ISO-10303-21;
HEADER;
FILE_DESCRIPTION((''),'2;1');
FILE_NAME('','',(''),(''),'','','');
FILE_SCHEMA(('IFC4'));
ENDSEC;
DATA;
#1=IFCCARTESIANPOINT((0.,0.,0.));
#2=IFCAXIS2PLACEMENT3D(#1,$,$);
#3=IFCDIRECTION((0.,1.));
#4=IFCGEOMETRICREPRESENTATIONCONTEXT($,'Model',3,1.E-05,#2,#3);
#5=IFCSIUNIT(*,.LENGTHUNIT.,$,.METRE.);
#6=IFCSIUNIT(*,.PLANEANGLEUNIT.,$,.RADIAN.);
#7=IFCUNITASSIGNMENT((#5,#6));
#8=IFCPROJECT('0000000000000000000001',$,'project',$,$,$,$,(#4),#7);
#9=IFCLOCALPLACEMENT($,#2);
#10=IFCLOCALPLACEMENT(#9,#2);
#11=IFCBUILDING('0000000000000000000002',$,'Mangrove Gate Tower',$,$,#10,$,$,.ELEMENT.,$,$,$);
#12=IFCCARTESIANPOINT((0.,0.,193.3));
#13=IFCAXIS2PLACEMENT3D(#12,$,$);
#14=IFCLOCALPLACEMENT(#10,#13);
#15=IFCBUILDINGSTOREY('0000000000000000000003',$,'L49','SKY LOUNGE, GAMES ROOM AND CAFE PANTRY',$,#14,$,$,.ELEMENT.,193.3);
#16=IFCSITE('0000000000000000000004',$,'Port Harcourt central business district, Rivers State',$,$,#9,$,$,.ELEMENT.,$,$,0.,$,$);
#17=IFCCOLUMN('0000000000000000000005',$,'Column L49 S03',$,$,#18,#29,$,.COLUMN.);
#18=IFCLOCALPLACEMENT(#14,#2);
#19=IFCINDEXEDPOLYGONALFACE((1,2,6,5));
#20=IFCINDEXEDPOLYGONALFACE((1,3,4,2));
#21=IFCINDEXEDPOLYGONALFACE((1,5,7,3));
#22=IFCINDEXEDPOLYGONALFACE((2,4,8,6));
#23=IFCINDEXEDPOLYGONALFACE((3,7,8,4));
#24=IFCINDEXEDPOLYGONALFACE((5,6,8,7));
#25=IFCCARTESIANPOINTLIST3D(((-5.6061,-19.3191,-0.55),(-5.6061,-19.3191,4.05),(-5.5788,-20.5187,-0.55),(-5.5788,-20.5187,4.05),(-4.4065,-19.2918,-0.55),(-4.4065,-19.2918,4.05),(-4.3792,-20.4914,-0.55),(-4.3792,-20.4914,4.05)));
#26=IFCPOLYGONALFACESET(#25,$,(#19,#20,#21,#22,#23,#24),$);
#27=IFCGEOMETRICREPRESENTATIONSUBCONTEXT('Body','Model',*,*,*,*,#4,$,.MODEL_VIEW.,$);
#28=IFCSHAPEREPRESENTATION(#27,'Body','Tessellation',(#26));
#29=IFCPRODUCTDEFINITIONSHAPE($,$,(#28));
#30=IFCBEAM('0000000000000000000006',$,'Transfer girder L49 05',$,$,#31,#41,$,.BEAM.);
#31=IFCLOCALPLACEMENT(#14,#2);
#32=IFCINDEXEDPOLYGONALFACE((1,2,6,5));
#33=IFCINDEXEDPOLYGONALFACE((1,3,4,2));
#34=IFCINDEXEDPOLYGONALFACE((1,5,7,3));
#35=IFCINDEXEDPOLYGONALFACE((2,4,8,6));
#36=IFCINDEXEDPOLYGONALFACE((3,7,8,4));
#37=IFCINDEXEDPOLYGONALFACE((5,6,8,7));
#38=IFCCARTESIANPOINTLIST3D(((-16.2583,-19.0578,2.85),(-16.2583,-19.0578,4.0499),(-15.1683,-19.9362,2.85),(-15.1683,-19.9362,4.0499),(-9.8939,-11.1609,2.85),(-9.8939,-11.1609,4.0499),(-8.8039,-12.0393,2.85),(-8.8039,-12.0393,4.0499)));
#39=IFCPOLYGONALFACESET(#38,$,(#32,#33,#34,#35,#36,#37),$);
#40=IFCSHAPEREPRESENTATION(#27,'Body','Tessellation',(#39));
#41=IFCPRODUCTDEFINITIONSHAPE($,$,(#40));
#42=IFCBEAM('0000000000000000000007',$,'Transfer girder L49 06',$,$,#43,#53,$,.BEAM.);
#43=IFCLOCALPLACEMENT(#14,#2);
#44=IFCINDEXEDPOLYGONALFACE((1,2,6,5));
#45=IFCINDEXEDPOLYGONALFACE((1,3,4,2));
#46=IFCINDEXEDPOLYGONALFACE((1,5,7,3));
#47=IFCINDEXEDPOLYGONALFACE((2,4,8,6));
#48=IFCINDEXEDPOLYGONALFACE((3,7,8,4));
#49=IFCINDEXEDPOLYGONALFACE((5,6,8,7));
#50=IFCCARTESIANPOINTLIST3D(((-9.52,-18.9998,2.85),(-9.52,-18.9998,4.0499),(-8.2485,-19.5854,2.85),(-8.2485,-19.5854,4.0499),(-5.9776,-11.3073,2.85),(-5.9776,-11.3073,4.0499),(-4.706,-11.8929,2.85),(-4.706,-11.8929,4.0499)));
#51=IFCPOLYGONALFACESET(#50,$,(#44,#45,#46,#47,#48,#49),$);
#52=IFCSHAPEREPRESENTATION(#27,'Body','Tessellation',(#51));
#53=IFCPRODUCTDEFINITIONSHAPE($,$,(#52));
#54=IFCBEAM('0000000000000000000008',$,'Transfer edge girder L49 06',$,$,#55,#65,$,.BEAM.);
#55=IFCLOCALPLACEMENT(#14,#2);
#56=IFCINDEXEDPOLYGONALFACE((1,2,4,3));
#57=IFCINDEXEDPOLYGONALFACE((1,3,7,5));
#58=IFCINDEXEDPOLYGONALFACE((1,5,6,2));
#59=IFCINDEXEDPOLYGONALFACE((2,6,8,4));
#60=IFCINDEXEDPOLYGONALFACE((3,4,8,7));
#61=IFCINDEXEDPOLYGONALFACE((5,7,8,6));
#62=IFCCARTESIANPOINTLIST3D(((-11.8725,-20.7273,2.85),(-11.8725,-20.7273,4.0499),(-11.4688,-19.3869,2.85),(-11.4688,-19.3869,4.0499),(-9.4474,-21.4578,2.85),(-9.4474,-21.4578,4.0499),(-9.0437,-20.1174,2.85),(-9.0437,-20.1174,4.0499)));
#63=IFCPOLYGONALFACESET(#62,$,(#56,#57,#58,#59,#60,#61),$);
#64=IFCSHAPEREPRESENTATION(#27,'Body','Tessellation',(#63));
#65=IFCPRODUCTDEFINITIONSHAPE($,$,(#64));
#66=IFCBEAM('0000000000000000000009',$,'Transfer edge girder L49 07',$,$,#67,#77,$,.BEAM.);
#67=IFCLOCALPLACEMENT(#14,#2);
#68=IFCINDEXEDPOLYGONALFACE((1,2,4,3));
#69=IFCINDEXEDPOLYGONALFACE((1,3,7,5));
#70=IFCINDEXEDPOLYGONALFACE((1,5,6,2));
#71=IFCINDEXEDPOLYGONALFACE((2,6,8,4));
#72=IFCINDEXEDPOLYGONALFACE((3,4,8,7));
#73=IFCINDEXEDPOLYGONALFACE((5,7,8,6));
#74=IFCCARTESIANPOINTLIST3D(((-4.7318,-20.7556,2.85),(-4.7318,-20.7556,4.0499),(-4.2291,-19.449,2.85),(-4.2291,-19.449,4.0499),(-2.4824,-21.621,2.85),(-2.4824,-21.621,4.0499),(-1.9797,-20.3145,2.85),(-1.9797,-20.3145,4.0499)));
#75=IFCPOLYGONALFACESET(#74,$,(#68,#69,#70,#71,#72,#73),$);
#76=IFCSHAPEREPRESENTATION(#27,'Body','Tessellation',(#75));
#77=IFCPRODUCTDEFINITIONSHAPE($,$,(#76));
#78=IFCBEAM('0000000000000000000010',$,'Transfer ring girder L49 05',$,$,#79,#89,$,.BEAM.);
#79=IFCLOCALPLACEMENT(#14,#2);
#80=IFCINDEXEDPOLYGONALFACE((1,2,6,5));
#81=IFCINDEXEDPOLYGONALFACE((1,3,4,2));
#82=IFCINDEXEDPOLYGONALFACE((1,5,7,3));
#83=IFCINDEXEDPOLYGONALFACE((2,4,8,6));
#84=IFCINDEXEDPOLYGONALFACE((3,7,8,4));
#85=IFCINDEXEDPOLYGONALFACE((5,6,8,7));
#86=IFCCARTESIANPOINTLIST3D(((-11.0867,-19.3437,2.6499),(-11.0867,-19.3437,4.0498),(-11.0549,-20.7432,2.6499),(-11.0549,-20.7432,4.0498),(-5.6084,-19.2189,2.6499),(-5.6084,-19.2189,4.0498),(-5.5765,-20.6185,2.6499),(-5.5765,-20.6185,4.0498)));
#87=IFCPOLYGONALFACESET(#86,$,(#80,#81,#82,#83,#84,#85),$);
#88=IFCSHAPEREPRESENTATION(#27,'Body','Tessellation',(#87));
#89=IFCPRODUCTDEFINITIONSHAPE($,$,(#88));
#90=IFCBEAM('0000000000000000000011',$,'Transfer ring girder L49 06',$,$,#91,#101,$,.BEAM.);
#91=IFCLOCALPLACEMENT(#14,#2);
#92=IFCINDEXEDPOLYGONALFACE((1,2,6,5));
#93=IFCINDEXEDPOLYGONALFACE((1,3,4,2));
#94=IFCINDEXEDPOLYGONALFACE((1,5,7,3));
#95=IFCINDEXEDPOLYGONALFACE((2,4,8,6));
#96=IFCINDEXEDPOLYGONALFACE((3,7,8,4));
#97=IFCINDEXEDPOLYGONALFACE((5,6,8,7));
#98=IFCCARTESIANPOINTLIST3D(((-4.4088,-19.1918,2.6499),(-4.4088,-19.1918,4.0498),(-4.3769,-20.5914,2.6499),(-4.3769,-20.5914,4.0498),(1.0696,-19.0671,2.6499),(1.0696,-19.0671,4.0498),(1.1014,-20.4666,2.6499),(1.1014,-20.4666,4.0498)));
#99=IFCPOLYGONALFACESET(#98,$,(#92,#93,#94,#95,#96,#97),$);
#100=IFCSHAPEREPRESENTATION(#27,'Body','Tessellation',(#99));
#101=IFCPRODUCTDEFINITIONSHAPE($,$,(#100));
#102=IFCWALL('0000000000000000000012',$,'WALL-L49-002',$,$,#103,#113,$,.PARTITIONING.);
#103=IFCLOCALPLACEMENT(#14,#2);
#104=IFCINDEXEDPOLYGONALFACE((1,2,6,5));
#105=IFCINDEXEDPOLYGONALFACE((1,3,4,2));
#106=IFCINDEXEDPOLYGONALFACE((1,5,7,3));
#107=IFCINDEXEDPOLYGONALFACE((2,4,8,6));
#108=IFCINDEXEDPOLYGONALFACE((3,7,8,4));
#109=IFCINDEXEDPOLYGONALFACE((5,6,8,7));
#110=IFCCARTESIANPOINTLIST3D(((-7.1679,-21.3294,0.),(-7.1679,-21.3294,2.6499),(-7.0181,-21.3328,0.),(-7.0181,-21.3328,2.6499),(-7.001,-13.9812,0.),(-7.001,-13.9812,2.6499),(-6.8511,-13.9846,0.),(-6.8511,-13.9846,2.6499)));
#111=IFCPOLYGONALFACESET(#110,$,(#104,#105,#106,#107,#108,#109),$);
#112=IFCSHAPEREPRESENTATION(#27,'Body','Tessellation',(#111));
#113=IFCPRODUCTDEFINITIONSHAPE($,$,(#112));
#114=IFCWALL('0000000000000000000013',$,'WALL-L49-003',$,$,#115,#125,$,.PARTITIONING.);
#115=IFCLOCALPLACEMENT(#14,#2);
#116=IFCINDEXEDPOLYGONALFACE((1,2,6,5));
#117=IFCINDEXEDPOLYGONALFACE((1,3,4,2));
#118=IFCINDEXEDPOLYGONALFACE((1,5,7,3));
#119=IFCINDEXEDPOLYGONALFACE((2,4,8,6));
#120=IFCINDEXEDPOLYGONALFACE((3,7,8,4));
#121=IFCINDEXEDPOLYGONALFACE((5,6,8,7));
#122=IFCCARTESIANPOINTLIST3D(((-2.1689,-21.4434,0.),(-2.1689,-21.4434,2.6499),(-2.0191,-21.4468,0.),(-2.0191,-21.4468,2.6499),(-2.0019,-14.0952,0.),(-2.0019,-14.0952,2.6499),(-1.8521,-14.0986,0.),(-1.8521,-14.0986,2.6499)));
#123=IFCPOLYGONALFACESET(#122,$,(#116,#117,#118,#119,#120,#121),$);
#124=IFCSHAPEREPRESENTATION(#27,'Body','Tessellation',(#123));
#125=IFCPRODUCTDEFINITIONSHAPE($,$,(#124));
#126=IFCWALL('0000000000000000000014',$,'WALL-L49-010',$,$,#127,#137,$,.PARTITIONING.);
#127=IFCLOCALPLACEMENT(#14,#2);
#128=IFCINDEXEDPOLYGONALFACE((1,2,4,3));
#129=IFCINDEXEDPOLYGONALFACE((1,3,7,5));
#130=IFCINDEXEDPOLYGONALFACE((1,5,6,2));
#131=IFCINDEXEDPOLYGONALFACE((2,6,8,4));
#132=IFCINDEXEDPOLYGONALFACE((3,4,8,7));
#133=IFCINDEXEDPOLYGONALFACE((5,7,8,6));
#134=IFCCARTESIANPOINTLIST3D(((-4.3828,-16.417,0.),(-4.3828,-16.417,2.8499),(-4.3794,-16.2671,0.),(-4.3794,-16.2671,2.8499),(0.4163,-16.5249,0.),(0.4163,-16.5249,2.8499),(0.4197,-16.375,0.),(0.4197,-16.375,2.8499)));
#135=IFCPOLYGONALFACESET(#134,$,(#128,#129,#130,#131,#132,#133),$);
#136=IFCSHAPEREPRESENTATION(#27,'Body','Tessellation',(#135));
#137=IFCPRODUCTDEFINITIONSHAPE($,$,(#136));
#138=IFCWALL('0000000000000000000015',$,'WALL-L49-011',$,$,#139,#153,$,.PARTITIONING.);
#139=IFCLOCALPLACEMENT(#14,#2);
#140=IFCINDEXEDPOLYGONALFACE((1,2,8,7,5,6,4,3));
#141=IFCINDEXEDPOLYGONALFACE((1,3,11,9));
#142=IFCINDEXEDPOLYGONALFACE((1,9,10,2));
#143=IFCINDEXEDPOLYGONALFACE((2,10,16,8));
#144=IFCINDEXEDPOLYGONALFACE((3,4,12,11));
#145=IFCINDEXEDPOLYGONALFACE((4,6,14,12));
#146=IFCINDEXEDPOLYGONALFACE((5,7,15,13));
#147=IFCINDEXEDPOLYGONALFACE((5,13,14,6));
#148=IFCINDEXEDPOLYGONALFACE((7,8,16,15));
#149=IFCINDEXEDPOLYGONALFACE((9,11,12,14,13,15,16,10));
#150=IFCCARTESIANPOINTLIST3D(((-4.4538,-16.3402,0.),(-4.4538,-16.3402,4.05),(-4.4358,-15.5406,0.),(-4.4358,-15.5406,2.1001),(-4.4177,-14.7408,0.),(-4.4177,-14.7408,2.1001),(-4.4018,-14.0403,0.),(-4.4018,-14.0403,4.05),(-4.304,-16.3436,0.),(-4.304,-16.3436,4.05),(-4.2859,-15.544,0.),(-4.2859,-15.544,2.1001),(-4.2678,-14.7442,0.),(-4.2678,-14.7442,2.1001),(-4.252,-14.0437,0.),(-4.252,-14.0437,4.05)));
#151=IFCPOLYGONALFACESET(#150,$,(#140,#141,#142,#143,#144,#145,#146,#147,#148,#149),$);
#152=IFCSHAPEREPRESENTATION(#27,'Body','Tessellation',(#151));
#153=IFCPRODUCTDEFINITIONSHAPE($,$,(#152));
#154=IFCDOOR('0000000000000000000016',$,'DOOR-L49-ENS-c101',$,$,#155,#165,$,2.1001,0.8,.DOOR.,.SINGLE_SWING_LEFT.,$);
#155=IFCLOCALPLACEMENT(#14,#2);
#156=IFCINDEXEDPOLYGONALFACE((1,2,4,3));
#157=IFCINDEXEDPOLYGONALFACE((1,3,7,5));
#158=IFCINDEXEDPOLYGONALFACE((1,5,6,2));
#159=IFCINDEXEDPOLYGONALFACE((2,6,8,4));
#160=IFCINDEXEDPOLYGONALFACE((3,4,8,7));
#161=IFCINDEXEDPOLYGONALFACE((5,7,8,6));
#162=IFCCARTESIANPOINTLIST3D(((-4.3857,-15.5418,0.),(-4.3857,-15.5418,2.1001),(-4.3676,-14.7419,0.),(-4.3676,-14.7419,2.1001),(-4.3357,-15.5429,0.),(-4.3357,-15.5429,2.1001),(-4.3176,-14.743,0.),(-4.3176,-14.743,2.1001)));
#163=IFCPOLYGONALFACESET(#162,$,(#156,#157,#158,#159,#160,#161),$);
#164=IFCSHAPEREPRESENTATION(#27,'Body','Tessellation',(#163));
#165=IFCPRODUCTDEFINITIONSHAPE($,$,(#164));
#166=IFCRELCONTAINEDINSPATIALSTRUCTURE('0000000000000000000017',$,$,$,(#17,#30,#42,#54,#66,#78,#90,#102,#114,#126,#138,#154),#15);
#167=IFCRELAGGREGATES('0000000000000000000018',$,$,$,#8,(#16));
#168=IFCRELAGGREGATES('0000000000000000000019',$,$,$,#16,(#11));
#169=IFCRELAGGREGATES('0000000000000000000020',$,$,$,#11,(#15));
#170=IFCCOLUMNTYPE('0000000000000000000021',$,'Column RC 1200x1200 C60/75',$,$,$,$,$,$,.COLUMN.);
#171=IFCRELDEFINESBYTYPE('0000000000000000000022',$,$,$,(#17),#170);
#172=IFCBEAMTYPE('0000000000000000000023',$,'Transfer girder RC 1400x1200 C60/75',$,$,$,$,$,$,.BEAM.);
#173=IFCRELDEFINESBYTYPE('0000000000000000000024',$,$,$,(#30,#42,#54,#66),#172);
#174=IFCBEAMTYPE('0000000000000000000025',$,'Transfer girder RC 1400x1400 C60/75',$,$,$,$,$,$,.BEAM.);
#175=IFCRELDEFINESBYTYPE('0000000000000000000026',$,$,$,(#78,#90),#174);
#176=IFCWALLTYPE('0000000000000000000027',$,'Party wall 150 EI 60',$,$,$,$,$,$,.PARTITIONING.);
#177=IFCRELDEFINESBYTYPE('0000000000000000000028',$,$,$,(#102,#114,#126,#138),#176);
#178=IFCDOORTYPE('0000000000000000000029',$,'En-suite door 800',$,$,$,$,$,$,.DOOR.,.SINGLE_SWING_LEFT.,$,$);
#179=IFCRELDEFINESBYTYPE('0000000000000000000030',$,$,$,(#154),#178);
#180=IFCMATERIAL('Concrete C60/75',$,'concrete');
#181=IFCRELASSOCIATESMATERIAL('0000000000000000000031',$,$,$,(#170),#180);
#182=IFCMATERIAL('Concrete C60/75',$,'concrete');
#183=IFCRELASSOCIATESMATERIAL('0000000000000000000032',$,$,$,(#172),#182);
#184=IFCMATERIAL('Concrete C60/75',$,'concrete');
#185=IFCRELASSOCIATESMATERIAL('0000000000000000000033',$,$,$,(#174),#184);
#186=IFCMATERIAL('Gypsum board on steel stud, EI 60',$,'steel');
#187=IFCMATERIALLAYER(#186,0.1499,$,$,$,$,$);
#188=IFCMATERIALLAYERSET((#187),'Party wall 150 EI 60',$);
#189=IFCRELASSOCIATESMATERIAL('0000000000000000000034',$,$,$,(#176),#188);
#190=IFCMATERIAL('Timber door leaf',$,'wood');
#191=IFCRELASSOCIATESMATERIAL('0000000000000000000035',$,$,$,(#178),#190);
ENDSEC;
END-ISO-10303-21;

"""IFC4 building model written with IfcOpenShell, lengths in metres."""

from ifc_helpers import new_model, si_unit, direction, frame, frame_2d, origin, origin_2d, place, context, subcontext, project, spatial, rectangle, extrude, material, layer, layer_set, material_profile, profile_set, type_object, element, fill, save


model = new_model("IFC4")

# Units and contexts
model_context = context("Model", 3, precision=1e-05, world=origin(), true_north=direction((0.0, 1.0)))
body_context = subcontext(model_context, "Body", "Model", "MODEL_VIEW")
ifc_project = project(units=[si_unit("LENGTHUNIT", "METRE"), si_unit("PLANEANGLEUNIT", "RADIAN")], contexts=[model_context])

# Site, building, storey
site_placement = place(None, origin())
site = spatial("IfcSite", under=ifc_project, at=site_placement, Name="Port Harcourt central business district, Rivers State", CompositionType="ELEMENT", RefElevation=0.0)
building_placement = place(site_placement, origin())
building = spatial("IfcBuilding", under=site, at=building_placement, Name="Mangrove Gate Tower", CompositionType="ELEMENT")
storey_placement = place(building_placement, frame((0.0, 0.0, 193.3)))
storey = spatial("IfcBuildingStorey", under=building, at=storey_placement, Name="L49", Description="SKY LOUNGE, GAMES ROOM AND CAFE PANTRY", CompositionType="ELEMENT", Elevation=193.3)

# Column
ifc_material_1 = material(Name="Concrete C60/75", Category="concrete")
ifc_material_profile_1 = material_profile(ifc_material_1, rectangle(XDim=1.2, YDim=1.2, at=origin_2d()))
ifc_profile_set_1 = profile_set([ifc_material_profile_1], Name="Concrete C60/75")
column_type = type_object("IfcColumnType", Name="Column RC 1200x1200 C60/75", PredefinedType="COLUMN", material=ifc_profile_set_1)
column_placement = place(storey_placement, frame((-4.9927, -19.9053, -0.55), z_axis=(0.0, 0.0, 1.0), x_axis=(0.999741, 0.022755, 0.0)))
element("IfcColumn", 1, at=column_placement, inside=storey, type_object=column_type, Name="Column L49 S03", PredefinedType="COLUMN", context=body_context, shape_type="SweptSolid", body=[
    extrude(rectangle(XDim=1.2, YDim=1.2, at=origin_2d()), origin(), (0.0, 0.0, 1.0), 4.6001),
])

# Beams
ifc_material_2 = material(Name="Concrete C60/75", Category="concrete")
ifc_material_profile_2 = material_profile(ifc_material_2, rectangle(XDim=1.3999, YDim=1.2, at=origin_2d()))
ifc_profile_set_2 = profile_set([ifc_material_profile_2], Name="Concrete C60/75")
beam_type_1 = type_object("IfcBeamType", Name="Transfer girder RC 1400x1200 C60/75", PredefinedType="BEAM", material=ifc_profile_set_2)
beam_1_placement = place(storey_placement, frame((-9.3489, -11.6001, 3.45), z_axis=(-0.627512, -0.778607, 0.0), x_axis=(0.778607, -0.627512, 0.0)))
element("IfcBeam", 2, at=beam_1_placement, inside=storey, type_object=beam_type_1, Name="Transfer girder L49 05", PredefinedType="BEAM", context=body_context, shape_type="SweptSolid", body=[
    extrude(rectangle(XDim=1.3999, YDim=1.2, at=origin_2d()), origin(), (0.0, 0.0, 1.0), 10.1423),
])
beam_2_placement = place(storey_placement, frame((-5.3418, -11.6001, 3.45), z_axis=(-0.418283, -0.908317, 0.0), x_axis=(0.908317, -0.418283, 0.0)))
element("IfcBeam", 3, at=beam_2_placement, inside=storey, type_object=beam_type_1, Name="Transfer girder L49 06", PredefinedType="BEAM", context=body_context, shape_type="SweptSolid", body=[
    extrude(rectangle(XDim=1.3999, YDim=1.2, at=origin_2d()), origin(), (0.0, 0.0, 1.0), 8.469),
])
beam_3_placement = place(storey_placement, frame((-11.6707, -20.0571, 3.45), z_axis=(0.957505, -0.288418, 0.0), x_axis=(0.288418, 0.957505, 0.0)))
element("IfcBeam", 4, at=beam_3_placement, inside=storey, type_object=beam_type_1, Name="Transfer edge girder L49 06", PredefinedType="BEAM", context=body_context, shape_type="SweptSolid", body=[
    extrude(rectangle(XDim=1.3999, YDim=1.2, at=origin_2d()), origin(), (0.0, 0.0, 1.0), 2.5327),
])
beam_4_placement = place(storey_placement, frame((-4.4805, -20.1023, 3.45), z_axis=(0.933306, -0.359081, 0.0), x_axis=(0.359081, 0.933306, 0.0)))
element("IfcBeam", 5, at=beam_4_placement, inside=storey, type_object=beam_type_1, Name="Transfer edge girder L49 07", PredefinedType="BEAM", context=body_context, shape_type="SweptSolid", body=[
    extrude(rectangle(XDim=1.3999, YDim=1.2, at=origin_2d()), origin(), (0.0, 0.0, 1.0), 2.4102),
])
ifc_material_3 = material(Name="Concrete C60/75", Category="concrete")
ifc_material_profile_3 = material_profile(ifc_material_3, rectangle(XDim=1.3999, YDim=1.3999, at=origin_2d()))
ifc_profile_set_3 = profile_set([ifc_material_profile_3], Name="Concrete C60/75")
beam_type_2 = type_object("IfcBeamType", Name="Transfer girder RC 1400x1400 C60/75", PredefinedType="BEAM", material=ifc_profile_set_3)
for number, where, z_axis, x_axis, name in (
    (6, (-11.0708, -20.0435, 3.3499), (0.999741, 0.022767, 0.0), (-0.022767, 0.999741, 0.0), "Transfer ring girder L49 05"),
    (7, (-4.3928, -19.8916, 3.3499), (0.999741, 0.022767, 0.0), (-0.022767, 0.999741, 0.0), "Transfer ring girder L49 06"),
):
    element("IfcBeam", number, at=place(storey_placement, frame(where, z_axis=z_axis, x_axis=x_axis)), inside=storey, type_object=beam_type_2, Name=name, PredefinedType="BEAM", context=body_context, shape_type="SweptSolid", body=[
        extrude(rectangle(XDim=1.3999, YDim=1.3999, at=origin_2d()), origin(), (0.0, 0.0, 1.0), 5.4797),
    ])

# Walls
ifc_material_4 = material(Name="Gypsum board on steel stud, EI 60", Category="steel")
ifc_layer = layer(ifc_material_4, 0.1499)
ifc_layer_set = layer_set([ifc_layer], Name="Party wall 150 EI 60")
wall_type = type_object("IfcWallType", Name="Party wall 150 EI 60", PredefinedType="PARTITIONING", material=ifc_layer_set)
for number, where, z_axis, x_axis, name in (
    (8, (-7.093, -21.3311, 0.0), (0.0, 0.0, 1.0), (0.02272, 0.999742, 0.0), "WALL-L49-002"),
    (9, (-2.094, -21.4451, 0.0), (0.0, 0.0, 1.0), (0.02272, 0.999742, 0.0), "WALL-L49-003"),
):
    element("IfcWall", number, at=place(storey_placement, frame(where, z_axis=z_axis, x_axis=x_axis)), inside=storey, type_object=wall_type, Name=name, PredefinedType="PARTITIONING", context=body_context, shape_type="SweptSolid", body=[
        extrude(rectangle(XDim=7.3501, YDim=0.1499, at=frame_2d((3.675, 0.0))), origin(), (0.0, 0.0, 1.0), 2.6499),
    ])
wall_1_placement = place(storey_placement, frame((-4.3811, -16.342, 0.0), z_axis=(0.0, 0.0, 1.0), x_axis=(0.999747, -0.02248, 0.0)))
element("IfcWall", 10, at=wall_1_placement, inside=storey, type_object=wall_type, Name="WALL-L49-010", PredefinedType="PARTITIONING", context=body_context, shape_type="SweptSolid", body=[
    extrude(rectangle(XDim=4.8003, YDim=0.1499, at=frame_2d((2.4001, 0.0))), origin(), (0.0, 0.0, 1.0), 2.8499),
])

# Wall, opening, door
wall_2_placement = place(storey_placement, frame((-4.3789, -16.342, 0.0), z_axis=(0.0, 0.0, 1.0), x_axis=(0.022603, 0.999745, 0.0)))
wall_2 = element("IfcWall", 11, at=wall_2_placement, inside=storey, type_object=wall_type, Name="WALL-L49-011", PredefinedType="PARTITIONING", context=body_context, shape_type="SweptSolid", body=[
    extrude(rectangle(XDim=2.3005, YDim=0.1499, at=frame_2d((1.1504, 0.0))), origin(), (0.0, 0.0, 1.0), 4.05),
])
opening_placement = place(wall_2_placement, frame((0.8, 0.0, 0.0)))
opening = element("IfcOpeningElement", 12, at=opening_placement, cuts=wall_2, PredefinedType="OPENING", context=body_context, shape_type="SweptSolid", body=[
    extrude(rectangle(XDim=0.8, YDim=2.1001, at=frame_2d((0.3999, 1.05))), frame((0.0, 0.085, 0.0), z_axis=(0.0, -1.0, 0.0), x_axis=(1.0, 0.0, 0.0)), (0.0, 0.0, 1.0), 0.1699),
])
ifc_material_5 = material(Name="Timber door leaf", Category="wood")
door_type = type_object("IfcDoorType", Name="En-suite door 800", OperationType="SINGLE_SWING_LEFT", PredefinedType="DOOR", material=ifc_material_5)
door_placement = place(opening_placement, origin())
door = element("IfcDoor", 13, at=door_placement, inside=storey, type_object=door_type, Name="DOOR-L49-ENS-c101", OperationType="SINGLE_SWING_LEFT", OverallHeight=2.1001, OverallWidth=0.8, PredefinedType="DOOR", context=body_context, shape_type="SweptSolid", body=[
    extrude(rectangle(XDim=0.8, YDim=2.1001, at=frame_2d((0.3999, 1.05))), frame((0.0, 0.0249, 0.0), z_axis=(0.0, -1.0, 0.0), x_axis=(1.0, 0.0, 0.0)), (0.0, 0.0, 1.0), 0.05),
])
fill(opening, door)

save(model, "model.ifc")
